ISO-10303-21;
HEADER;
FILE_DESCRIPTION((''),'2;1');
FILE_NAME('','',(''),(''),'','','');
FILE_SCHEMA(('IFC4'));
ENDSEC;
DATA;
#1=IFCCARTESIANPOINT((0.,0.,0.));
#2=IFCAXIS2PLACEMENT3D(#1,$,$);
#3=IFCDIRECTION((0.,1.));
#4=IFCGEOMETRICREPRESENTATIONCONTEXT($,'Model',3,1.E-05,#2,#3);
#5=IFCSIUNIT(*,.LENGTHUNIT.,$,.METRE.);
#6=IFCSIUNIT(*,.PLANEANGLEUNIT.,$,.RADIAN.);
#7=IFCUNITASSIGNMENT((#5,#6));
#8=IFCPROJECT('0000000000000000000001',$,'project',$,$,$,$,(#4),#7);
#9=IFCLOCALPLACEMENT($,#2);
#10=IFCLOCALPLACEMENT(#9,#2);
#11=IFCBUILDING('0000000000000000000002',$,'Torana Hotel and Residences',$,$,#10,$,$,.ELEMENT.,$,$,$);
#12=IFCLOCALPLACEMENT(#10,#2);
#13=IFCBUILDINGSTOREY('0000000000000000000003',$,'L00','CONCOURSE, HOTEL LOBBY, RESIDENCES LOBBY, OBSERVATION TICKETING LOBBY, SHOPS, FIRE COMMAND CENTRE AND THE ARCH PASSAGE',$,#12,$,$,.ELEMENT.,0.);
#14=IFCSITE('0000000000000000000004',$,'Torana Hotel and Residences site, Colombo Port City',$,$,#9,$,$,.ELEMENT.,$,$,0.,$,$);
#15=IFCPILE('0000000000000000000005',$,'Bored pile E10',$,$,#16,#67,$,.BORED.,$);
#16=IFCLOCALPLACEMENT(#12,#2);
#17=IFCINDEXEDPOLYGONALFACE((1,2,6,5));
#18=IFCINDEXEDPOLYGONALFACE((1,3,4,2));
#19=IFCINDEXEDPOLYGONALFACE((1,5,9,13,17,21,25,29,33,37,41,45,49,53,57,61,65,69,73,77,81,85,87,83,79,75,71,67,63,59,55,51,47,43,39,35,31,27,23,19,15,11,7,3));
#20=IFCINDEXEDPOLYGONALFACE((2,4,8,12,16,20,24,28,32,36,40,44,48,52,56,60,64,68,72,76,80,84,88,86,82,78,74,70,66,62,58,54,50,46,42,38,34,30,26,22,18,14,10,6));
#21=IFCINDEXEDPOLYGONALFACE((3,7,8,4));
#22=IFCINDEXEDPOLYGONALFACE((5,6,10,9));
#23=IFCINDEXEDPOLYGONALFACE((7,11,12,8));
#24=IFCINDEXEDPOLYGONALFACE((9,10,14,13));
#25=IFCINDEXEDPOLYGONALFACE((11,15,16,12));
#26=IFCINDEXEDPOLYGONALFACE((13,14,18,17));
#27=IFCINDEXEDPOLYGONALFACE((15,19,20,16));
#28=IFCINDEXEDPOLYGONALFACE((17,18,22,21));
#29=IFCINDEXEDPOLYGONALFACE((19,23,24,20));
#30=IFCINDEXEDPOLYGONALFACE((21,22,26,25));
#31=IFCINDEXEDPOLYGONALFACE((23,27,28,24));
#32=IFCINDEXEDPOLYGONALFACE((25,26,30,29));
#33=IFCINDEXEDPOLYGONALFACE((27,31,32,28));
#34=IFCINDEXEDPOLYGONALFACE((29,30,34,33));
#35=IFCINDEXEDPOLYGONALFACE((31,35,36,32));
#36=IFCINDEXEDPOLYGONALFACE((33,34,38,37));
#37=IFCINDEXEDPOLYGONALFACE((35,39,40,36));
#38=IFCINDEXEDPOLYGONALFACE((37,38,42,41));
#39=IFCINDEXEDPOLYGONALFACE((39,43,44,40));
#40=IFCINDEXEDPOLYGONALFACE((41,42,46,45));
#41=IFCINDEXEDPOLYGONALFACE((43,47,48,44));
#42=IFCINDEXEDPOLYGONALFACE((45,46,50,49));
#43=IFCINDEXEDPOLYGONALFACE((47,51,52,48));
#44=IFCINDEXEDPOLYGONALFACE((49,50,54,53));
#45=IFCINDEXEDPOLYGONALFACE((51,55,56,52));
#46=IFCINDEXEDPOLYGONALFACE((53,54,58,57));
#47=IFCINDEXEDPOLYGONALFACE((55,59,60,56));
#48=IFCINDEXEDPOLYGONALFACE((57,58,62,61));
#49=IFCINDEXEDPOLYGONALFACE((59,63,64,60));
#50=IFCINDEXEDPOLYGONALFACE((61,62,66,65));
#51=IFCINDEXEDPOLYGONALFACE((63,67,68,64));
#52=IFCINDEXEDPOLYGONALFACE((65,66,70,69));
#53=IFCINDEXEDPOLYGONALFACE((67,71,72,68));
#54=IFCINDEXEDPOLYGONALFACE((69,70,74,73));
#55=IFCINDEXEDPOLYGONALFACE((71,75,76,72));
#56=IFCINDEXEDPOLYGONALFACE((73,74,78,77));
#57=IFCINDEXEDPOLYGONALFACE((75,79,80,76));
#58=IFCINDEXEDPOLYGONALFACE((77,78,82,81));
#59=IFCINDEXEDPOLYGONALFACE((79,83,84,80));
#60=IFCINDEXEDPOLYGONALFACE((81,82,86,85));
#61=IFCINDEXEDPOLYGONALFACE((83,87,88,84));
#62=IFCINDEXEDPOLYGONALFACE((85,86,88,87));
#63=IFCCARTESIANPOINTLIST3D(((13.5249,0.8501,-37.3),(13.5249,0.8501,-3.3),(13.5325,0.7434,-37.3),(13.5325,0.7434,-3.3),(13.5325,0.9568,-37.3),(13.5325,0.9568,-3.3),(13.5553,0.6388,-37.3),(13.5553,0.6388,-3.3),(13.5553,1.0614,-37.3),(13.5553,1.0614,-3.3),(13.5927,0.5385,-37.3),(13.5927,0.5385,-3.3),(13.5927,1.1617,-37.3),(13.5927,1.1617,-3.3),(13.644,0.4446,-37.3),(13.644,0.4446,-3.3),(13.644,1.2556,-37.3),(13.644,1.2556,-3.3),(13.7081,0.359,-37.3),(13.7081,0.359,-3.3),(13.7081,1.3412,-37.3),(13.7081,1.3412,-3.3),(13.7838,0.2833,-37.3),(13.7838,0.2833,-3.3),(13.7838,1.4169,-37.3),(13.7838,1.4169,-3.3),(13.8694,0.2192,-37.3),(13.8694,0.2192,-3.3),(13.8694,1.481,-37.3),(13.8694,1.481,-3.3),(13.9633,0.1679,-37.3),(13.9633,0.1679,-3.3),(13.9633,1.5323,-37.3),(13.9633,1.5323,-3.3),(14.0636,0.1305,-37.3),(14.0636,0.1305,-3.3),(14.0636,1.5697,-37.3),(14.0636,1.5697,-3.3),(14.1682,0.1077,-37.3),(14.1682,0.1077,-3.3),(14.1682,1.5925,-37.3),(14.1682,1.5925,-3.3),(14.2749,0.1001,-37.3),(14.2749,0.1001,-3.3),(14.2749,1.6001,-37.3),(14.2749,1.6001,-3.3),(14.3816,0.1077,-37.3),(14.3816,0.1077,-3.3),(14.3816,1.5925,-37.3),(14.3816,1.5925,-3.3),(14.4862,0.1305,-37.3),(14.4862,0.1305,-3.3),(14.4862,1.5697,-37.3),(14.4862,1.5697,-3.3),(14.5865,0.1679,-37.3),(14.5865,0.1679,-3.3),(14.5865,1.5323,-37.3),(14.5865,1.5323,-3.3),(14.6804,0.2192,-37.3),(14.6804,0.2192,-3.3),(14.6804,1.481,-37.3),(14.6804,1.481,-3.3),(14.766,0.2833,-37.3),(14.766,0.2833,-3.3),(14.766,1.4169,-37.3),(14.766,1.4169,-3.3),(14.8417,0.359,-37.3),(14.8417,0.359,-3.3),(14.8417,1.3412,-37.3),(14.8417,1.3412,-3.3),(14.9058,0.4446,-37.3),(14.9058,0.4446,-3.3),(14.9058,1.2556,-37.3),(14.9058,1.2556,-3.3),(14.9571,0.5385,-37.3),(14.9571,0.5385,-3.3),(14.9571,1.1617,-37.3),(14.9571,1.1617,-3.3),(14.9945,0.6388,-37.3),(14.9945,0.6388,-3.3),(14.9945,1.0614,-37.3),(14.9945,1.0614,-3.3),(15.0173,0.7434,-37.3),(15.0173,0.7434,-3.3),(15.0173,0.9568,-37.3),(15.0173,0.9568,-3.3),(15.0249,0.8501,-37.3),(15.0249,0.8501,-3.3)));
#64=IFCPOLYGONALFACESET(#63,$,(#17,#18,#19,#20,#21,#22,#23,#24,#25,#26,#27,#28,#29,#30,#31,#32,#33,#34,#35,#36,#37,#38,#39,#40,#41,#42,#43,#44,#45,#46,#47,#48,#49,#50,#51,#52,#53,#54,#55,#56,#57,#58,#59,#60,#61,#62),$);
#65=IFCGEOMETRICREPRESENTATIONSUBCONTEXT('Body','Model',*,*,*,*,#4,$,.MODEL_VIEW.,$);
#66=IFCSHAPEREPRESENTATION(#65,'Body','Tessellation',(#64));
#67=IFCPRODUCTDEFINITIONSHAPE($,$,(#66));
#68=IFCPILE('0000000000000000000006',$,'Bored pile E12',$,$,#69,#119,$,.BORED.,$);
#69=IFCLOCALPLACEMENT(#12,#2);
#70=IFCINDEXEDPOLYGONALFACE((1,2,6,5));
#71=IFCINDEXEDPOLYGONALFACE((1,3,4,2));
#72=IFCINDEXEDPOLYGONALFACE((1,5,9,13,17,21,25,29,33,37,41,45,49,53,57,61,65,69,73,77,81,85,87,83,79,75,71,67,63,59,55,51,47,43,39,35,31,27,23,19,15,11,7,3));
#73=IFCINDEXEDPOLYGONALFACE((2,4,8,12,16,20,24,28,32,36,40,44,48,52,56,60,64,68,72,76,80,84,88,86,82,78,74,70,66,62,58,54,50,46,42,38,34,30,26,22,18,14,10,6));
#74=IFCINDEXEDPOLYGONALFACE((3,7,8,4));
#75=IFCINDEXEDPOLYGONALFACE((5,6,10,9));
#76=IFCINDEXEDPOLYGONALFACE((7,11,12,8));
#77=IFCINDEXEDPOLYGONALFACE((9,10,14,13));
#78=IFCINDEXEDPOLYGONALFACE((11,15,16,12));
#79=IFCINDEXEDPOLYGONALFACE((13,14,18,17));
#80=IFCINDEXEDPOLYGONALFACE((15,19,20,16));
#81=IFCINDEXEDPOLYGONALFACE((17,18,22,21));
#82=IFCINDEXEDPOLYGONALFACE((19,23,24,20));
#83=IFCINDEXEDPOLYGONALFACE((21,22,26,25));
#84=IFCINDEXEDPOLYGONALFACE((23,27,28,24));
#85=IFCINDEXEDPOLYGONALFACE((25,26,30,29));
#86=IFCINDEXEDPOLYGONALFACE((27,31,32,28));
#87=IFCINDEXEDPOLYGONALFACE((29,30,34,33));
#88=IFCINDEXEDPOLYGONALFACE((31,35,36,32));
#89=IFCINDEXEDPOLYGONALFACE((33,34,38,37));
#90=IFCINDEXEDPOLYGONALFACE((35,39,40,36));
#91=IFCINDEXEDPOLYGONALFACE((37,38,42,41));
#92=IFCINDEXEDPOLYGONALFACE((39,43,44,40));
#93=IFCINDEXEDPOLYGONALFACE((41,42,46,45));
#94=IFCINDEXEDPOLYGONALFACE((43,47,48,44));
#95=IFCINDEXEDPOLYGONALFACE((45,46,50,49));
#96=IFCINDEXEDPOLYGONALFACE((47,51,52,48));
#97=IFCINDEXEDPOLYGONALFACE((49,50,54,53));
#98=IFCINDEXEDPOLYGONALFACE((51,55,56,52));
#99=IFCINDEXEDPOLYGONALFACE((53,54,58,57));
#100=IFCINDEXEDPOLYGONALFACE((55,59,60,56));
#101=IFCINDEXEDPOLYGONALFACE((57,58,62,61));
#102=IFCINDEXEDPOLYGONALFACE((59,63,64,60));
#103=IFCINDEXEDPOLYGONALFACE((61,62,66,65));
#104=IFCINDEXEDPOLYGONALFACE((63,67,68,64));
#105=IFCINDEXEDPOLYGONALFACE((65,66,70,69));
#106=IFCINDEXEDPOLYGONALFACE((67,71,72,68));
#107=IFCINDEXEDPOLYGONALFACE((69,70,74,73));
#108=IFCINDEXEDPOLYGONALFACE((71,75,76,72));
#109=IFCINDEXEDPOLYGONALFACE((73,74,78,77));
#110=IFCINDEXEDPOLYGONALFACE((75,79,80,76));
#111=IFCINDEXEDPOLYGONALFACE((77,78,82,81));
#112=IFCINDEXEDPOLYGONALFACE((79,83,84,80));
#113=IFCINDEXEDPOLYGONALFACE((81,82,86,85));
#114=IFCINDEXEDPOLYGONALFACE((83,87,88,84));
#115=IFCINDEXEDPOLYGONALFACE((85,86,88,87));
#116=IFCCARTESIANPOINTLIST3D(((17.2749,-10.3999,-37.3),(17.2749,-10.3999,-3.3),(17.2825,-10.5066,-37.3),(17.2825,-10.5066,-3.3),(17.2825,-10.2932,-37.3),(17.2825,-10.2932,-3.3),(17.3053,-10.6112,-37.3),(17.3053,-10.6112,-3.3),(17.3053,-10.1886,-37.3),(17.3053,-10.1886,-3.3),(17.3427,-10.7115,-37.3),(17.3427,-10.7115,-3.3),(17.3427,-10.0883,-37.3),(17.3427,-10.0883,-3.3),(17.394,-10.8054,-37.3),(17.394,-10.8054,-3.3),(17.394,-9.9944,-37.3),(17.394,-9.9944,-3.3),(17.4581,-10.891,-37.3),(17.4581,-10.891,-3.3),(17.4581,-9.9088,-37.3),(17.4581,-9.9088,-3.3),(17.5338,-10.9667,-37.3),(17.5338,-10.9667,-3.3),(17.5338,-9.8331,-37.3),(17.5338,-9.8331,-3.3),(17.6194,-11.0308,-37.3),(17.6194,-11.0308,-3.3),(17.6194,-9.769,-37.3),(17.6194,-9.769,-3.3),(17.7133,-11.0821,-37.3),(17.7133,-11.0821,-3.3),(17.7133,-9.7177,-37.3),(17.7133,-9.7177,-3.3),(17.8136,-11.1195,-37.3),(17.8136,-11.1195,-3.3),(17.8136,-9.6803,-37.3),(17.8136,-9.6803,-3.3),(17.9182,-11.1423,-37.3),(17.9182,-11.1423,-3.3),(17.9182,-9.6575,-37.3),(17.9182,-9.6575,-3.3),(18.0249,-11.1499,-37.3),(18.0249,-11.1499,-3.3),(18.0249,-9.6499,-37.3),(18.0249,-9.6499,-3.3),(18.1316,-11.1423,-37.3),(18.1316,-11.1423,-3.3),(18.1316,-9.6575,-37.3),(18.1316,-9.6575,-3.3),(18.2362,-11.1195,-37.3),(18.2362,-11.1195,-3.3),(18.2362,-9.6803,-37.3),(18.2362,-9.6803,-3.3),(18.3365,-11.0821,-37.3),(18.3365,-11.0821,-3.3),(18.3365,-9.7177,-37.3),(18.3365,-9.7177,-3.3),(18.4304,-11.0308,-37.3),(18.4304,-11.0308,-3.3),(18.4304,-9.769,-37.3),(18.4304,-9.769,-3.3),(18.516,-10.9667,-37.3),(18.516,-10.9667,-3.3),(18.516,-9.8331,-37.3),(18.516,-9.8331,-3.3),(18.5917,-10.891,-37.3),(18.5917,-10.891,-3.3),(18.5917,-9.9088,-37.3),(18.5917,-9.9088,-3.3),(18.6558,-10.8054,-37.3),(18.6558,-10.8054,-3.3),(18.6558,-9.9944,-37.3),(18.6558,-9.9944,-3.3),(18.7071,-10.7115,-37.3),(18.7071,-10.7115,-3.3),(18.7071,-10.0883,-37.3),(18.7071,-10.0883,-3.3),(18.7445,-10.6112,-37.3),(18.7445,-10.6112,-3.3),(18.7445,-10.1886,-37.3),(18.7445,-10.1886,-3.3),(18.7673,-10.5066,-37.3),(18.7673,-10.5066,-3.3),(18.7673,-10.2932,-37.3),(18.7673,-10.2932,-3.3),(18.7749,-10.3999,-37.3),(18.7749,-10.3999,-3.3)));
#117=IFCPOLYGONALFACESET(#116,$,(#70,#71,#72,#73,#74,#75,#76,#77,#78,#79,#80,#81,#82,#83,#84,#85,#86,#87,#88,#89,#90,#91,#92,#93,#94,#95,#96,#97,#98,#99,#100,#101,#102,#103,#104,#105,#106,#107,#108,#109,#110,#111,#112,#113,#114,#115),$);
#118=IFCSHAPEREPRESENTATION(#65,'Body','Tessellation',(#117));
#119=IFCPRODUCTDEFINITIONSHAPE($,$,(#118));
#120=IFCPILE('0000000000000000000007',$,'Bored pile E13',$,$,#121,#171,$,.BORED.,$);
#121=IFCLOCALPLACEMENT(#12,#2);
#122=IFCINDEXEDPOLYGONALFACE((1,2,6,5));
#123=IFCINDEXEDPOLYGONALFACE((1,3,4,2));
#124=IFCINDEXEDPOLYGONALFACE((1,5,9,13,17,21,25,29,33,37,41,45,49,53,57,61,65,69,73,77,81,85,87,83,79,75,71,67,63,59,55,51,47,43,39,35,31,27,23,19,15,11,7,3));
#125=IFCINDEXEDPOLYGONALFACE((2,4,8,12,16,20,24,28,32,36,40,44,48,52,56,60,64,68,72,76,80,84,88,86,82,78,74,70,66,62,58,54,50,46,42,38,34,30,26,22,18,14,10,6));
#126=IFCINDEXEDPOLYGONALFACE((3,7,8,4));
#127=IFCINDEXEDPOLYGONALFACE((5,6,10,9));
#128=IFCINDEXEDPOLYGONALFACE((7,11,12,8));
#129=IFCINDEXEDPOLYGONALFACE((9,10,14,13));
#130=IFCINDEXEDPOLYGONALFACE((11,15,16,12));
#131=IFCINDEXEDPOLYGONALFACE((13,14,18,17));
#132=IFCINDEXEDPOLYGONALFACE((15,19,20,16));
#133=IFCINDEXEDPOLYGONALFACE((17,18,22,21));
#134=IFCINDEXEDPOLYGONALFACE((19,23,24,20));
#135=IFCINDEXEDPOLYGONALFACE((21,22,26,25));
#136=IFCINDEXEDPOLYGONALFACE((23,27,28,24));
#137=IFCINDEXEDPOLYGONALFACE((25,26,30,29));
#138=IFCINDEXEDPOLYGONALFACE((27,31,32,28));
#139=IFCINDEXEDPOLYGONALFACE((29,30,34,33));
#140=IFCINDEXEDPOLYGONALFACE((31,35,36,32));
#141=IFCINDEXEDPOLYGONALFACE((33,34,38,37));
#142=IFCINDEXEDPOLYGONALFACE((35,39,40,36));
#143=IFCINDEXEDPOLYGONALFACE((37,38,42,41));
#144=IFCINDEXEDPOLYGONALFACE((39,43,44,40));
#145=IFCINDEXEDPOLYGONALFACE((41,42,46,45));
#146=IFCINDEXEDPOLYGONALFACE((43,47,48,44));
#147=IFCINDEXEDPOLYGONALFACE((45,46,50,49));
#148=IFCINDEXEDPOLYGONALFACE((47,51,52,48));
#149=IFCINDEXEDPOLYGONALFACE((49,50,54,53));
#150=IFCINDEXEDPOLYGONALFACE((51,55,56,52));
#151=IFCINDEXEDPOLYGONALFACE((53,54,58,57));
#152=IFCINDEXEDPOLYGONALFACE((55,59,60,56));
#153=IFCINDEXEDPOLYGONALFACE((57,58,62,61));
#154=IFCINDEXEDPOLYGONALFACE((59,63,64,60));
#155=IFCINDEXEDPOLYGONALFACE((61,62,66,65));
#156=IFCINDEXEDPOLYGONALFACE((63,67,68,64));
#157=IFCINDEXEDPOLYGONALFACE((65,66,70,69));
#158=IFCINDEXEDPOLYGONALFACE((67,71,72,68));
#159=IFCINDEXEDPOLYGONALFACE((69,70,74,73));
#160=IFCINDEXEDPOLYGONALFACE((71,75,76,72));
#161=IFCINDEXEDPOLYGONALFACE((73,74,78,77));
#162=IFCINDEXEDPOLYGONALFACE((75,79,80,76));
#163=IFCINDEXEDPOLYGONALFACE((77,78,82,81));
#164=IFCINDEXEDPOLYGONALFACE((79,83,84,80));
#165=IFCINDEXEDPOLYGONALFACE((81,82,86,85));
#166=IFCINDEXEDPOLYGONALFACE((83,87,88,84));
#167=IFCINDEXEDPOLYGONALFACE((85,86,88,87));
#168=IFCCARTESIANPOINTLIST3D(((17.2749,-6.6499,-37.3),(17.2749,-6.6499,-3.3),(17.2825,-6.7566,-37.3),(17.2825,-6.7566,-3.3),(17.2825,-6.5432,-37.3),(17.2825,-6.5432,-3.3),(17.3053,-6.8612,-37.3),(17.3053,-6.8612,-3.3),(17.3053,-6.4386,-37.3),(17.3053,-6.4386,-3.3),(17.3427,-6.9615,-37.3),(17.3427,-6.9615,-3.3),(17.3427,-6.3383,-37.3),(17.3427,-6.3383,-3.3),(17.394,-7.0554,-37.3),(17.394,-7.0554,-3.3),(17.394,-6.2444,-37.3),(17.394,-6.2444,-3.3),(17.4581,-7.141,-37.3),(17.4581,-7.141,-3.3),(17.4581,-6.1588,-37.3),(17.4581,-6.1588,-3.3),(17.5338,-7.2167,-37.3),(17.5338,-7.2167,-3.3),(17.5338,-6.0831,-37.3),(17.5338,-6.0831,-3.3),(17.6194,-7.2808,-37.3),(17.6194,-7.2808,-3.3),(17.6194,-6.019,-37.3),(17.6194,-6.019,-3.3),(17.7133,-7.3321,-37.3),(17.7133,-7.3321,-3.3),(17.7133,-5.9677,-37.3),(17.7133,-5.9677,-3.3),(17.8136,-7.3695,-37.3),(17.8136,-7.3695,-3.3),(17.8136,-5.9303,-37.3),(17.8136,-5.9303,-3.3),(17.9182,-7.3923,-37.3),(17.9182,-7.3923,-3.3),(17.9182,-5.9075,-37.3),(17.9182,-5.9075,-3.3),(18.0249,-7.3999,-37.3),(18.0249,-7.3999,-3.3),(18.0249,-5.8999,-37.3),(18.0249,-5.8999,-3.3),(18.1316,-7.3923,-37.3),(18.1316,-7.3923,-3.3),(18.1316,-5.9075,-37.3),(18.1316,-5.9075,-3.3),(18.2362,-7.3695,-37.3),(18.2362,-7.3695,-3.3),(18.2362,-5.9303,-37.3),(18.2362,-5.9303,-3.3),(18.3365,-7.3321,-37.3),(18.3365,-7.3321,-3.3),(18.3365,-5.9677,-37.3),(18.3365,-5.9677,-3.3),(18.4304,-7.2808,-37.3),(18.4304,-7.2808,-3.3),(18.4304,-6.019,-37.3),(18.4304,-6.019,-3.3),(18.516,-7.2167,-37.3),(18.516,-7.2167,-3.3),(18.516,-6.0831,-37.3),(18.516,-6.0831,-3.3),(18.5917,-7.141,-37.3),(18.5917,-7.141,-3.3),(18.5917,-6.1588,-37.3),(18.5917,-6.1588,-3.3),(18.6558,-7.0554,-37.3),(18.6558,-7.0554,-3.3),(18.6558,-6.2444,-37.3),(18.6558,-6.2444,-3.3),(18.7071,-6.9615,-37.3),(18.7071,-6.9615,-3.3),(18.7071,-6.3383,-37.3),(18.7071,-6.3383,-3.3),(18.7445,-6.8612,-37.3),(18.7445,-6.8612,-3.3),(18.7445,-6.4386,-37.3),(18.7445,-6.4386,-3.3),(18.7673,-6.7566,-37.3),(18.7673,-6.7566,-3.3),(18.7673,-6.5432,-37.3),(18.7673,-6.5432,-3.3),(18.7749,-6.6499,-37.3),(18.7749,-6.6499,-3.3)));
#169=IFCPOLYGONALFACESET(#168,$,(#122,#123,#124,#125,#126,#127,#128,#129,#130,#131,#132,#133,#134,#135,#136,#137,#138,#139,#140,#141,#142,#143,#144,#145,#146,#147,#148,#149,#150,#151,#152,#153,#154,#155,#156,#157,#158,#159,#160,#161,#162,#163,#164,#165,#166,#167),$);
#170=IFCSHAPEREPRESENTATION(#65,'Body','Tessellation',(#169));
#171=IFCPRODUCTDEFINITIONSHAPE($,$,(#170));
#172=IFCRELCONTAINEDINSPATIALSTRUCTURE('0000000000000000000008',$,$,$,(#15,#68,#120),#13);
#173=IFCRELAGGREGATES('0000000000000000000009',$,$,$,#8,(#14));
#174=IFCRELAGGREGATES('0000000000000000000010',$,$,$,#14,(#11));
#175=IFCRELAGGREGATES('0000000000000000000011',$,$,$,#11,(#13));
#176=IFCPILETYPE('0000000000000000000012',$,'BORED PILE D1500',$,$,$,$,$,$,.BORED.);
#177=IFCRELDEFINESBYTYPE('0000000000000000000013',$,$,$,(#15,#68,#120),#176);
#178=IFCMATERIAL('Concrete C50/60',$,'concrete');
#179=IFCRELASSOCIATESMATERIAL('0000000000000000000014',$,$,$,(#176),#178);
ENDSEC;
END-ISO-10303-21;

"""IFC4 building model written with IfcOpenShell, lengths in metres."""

from ifc_helpers import new_model, si_unit, direction, frame, origin, origin_2d, place, context, subcontext, project, spatial, circle, extrude, material, type_object, element, save


model = new_model("IFC4")

# Units and contexts
model_context = context("Model", 3, precision=1e-05, world=origin(), true_north=direction((0.0, 1.0)))
body_context = subcontext(model_context, "Body", "Model", "MODEL_VIEW")
ifc_project = project(units=[si_unit("LENGTHUNIT", "METRE"), si_unit("PLANEANGLEUNIT", "RADIAN")], contexts=[model_context])

# Site, building, storey
site_placement = place(None, origin())
site = spatial("IfcSite", under=ifc_project, at=site_placement, Name="Torana Hotel and Residences site, Colombo Port City", CompositionType="ELEMENT", RefElevation=0.0)
building_placement = place(site_placement, origin())
building = spatial("IfcBuilding", under=site, at=building_placement, Name="Torana Hotel and Residences", CompositionType="ELEMENT")
storey_placement = place(building_placement, origin())
storey = spatial("IfcBuildingStorey", under=building, at=storey_placement, Name="L00", Description="CONCOURSE, HOTEL LOBBY, RESIDENCES LOBBY, OBSERVATION TICKETING LOBBY, SHOPS, FIRE COMMAND CENTRE AND THE ARCH PASSAGE", CompositionType="ELEMENT", Elevation=0.0)

# Piles
ifc_material_1 = material(Name="Concrete C50/60", Category="concrete")
pile_type = type_object("IfcPileType", Name="BORED PILE D1500", PredefinedType="BORED", material=ifc_material_1)
for number, where, z_axis, x_axis, name in (
    (1, (14.2749, 0.8501, -3.3), (0.0, 0.0, -1.0), (1.0, 0.0, 0.0), "Bored pile E10"),
    (2, (18.0249, -10.3999, -3.3), (0.0, 0.0, -1.0), (1.0, 0.0, 0.0), "Bored pile E12"),
    (3, (18.0249, -6.6499, -3.3), (0.0, 0.0, -1.0), (1.0, 0.0, 0.0), "Bored pile E13"),
):
    element("IfcPile", number, at=place(storey_placement, frame(where, z_axis=z_axis, x_axis=x_axis)), inside=storey, type_object=pile_type, Name=name, PredefinedType="BORED", context=body_context, shape_type="SweptSolid", body=[
        extrude(circle(Radius=0.75, at=origin_2d()), origin(), (0.0, 0.0, 1.0), 34.0),
    ])

save(model, "model.ifc")
